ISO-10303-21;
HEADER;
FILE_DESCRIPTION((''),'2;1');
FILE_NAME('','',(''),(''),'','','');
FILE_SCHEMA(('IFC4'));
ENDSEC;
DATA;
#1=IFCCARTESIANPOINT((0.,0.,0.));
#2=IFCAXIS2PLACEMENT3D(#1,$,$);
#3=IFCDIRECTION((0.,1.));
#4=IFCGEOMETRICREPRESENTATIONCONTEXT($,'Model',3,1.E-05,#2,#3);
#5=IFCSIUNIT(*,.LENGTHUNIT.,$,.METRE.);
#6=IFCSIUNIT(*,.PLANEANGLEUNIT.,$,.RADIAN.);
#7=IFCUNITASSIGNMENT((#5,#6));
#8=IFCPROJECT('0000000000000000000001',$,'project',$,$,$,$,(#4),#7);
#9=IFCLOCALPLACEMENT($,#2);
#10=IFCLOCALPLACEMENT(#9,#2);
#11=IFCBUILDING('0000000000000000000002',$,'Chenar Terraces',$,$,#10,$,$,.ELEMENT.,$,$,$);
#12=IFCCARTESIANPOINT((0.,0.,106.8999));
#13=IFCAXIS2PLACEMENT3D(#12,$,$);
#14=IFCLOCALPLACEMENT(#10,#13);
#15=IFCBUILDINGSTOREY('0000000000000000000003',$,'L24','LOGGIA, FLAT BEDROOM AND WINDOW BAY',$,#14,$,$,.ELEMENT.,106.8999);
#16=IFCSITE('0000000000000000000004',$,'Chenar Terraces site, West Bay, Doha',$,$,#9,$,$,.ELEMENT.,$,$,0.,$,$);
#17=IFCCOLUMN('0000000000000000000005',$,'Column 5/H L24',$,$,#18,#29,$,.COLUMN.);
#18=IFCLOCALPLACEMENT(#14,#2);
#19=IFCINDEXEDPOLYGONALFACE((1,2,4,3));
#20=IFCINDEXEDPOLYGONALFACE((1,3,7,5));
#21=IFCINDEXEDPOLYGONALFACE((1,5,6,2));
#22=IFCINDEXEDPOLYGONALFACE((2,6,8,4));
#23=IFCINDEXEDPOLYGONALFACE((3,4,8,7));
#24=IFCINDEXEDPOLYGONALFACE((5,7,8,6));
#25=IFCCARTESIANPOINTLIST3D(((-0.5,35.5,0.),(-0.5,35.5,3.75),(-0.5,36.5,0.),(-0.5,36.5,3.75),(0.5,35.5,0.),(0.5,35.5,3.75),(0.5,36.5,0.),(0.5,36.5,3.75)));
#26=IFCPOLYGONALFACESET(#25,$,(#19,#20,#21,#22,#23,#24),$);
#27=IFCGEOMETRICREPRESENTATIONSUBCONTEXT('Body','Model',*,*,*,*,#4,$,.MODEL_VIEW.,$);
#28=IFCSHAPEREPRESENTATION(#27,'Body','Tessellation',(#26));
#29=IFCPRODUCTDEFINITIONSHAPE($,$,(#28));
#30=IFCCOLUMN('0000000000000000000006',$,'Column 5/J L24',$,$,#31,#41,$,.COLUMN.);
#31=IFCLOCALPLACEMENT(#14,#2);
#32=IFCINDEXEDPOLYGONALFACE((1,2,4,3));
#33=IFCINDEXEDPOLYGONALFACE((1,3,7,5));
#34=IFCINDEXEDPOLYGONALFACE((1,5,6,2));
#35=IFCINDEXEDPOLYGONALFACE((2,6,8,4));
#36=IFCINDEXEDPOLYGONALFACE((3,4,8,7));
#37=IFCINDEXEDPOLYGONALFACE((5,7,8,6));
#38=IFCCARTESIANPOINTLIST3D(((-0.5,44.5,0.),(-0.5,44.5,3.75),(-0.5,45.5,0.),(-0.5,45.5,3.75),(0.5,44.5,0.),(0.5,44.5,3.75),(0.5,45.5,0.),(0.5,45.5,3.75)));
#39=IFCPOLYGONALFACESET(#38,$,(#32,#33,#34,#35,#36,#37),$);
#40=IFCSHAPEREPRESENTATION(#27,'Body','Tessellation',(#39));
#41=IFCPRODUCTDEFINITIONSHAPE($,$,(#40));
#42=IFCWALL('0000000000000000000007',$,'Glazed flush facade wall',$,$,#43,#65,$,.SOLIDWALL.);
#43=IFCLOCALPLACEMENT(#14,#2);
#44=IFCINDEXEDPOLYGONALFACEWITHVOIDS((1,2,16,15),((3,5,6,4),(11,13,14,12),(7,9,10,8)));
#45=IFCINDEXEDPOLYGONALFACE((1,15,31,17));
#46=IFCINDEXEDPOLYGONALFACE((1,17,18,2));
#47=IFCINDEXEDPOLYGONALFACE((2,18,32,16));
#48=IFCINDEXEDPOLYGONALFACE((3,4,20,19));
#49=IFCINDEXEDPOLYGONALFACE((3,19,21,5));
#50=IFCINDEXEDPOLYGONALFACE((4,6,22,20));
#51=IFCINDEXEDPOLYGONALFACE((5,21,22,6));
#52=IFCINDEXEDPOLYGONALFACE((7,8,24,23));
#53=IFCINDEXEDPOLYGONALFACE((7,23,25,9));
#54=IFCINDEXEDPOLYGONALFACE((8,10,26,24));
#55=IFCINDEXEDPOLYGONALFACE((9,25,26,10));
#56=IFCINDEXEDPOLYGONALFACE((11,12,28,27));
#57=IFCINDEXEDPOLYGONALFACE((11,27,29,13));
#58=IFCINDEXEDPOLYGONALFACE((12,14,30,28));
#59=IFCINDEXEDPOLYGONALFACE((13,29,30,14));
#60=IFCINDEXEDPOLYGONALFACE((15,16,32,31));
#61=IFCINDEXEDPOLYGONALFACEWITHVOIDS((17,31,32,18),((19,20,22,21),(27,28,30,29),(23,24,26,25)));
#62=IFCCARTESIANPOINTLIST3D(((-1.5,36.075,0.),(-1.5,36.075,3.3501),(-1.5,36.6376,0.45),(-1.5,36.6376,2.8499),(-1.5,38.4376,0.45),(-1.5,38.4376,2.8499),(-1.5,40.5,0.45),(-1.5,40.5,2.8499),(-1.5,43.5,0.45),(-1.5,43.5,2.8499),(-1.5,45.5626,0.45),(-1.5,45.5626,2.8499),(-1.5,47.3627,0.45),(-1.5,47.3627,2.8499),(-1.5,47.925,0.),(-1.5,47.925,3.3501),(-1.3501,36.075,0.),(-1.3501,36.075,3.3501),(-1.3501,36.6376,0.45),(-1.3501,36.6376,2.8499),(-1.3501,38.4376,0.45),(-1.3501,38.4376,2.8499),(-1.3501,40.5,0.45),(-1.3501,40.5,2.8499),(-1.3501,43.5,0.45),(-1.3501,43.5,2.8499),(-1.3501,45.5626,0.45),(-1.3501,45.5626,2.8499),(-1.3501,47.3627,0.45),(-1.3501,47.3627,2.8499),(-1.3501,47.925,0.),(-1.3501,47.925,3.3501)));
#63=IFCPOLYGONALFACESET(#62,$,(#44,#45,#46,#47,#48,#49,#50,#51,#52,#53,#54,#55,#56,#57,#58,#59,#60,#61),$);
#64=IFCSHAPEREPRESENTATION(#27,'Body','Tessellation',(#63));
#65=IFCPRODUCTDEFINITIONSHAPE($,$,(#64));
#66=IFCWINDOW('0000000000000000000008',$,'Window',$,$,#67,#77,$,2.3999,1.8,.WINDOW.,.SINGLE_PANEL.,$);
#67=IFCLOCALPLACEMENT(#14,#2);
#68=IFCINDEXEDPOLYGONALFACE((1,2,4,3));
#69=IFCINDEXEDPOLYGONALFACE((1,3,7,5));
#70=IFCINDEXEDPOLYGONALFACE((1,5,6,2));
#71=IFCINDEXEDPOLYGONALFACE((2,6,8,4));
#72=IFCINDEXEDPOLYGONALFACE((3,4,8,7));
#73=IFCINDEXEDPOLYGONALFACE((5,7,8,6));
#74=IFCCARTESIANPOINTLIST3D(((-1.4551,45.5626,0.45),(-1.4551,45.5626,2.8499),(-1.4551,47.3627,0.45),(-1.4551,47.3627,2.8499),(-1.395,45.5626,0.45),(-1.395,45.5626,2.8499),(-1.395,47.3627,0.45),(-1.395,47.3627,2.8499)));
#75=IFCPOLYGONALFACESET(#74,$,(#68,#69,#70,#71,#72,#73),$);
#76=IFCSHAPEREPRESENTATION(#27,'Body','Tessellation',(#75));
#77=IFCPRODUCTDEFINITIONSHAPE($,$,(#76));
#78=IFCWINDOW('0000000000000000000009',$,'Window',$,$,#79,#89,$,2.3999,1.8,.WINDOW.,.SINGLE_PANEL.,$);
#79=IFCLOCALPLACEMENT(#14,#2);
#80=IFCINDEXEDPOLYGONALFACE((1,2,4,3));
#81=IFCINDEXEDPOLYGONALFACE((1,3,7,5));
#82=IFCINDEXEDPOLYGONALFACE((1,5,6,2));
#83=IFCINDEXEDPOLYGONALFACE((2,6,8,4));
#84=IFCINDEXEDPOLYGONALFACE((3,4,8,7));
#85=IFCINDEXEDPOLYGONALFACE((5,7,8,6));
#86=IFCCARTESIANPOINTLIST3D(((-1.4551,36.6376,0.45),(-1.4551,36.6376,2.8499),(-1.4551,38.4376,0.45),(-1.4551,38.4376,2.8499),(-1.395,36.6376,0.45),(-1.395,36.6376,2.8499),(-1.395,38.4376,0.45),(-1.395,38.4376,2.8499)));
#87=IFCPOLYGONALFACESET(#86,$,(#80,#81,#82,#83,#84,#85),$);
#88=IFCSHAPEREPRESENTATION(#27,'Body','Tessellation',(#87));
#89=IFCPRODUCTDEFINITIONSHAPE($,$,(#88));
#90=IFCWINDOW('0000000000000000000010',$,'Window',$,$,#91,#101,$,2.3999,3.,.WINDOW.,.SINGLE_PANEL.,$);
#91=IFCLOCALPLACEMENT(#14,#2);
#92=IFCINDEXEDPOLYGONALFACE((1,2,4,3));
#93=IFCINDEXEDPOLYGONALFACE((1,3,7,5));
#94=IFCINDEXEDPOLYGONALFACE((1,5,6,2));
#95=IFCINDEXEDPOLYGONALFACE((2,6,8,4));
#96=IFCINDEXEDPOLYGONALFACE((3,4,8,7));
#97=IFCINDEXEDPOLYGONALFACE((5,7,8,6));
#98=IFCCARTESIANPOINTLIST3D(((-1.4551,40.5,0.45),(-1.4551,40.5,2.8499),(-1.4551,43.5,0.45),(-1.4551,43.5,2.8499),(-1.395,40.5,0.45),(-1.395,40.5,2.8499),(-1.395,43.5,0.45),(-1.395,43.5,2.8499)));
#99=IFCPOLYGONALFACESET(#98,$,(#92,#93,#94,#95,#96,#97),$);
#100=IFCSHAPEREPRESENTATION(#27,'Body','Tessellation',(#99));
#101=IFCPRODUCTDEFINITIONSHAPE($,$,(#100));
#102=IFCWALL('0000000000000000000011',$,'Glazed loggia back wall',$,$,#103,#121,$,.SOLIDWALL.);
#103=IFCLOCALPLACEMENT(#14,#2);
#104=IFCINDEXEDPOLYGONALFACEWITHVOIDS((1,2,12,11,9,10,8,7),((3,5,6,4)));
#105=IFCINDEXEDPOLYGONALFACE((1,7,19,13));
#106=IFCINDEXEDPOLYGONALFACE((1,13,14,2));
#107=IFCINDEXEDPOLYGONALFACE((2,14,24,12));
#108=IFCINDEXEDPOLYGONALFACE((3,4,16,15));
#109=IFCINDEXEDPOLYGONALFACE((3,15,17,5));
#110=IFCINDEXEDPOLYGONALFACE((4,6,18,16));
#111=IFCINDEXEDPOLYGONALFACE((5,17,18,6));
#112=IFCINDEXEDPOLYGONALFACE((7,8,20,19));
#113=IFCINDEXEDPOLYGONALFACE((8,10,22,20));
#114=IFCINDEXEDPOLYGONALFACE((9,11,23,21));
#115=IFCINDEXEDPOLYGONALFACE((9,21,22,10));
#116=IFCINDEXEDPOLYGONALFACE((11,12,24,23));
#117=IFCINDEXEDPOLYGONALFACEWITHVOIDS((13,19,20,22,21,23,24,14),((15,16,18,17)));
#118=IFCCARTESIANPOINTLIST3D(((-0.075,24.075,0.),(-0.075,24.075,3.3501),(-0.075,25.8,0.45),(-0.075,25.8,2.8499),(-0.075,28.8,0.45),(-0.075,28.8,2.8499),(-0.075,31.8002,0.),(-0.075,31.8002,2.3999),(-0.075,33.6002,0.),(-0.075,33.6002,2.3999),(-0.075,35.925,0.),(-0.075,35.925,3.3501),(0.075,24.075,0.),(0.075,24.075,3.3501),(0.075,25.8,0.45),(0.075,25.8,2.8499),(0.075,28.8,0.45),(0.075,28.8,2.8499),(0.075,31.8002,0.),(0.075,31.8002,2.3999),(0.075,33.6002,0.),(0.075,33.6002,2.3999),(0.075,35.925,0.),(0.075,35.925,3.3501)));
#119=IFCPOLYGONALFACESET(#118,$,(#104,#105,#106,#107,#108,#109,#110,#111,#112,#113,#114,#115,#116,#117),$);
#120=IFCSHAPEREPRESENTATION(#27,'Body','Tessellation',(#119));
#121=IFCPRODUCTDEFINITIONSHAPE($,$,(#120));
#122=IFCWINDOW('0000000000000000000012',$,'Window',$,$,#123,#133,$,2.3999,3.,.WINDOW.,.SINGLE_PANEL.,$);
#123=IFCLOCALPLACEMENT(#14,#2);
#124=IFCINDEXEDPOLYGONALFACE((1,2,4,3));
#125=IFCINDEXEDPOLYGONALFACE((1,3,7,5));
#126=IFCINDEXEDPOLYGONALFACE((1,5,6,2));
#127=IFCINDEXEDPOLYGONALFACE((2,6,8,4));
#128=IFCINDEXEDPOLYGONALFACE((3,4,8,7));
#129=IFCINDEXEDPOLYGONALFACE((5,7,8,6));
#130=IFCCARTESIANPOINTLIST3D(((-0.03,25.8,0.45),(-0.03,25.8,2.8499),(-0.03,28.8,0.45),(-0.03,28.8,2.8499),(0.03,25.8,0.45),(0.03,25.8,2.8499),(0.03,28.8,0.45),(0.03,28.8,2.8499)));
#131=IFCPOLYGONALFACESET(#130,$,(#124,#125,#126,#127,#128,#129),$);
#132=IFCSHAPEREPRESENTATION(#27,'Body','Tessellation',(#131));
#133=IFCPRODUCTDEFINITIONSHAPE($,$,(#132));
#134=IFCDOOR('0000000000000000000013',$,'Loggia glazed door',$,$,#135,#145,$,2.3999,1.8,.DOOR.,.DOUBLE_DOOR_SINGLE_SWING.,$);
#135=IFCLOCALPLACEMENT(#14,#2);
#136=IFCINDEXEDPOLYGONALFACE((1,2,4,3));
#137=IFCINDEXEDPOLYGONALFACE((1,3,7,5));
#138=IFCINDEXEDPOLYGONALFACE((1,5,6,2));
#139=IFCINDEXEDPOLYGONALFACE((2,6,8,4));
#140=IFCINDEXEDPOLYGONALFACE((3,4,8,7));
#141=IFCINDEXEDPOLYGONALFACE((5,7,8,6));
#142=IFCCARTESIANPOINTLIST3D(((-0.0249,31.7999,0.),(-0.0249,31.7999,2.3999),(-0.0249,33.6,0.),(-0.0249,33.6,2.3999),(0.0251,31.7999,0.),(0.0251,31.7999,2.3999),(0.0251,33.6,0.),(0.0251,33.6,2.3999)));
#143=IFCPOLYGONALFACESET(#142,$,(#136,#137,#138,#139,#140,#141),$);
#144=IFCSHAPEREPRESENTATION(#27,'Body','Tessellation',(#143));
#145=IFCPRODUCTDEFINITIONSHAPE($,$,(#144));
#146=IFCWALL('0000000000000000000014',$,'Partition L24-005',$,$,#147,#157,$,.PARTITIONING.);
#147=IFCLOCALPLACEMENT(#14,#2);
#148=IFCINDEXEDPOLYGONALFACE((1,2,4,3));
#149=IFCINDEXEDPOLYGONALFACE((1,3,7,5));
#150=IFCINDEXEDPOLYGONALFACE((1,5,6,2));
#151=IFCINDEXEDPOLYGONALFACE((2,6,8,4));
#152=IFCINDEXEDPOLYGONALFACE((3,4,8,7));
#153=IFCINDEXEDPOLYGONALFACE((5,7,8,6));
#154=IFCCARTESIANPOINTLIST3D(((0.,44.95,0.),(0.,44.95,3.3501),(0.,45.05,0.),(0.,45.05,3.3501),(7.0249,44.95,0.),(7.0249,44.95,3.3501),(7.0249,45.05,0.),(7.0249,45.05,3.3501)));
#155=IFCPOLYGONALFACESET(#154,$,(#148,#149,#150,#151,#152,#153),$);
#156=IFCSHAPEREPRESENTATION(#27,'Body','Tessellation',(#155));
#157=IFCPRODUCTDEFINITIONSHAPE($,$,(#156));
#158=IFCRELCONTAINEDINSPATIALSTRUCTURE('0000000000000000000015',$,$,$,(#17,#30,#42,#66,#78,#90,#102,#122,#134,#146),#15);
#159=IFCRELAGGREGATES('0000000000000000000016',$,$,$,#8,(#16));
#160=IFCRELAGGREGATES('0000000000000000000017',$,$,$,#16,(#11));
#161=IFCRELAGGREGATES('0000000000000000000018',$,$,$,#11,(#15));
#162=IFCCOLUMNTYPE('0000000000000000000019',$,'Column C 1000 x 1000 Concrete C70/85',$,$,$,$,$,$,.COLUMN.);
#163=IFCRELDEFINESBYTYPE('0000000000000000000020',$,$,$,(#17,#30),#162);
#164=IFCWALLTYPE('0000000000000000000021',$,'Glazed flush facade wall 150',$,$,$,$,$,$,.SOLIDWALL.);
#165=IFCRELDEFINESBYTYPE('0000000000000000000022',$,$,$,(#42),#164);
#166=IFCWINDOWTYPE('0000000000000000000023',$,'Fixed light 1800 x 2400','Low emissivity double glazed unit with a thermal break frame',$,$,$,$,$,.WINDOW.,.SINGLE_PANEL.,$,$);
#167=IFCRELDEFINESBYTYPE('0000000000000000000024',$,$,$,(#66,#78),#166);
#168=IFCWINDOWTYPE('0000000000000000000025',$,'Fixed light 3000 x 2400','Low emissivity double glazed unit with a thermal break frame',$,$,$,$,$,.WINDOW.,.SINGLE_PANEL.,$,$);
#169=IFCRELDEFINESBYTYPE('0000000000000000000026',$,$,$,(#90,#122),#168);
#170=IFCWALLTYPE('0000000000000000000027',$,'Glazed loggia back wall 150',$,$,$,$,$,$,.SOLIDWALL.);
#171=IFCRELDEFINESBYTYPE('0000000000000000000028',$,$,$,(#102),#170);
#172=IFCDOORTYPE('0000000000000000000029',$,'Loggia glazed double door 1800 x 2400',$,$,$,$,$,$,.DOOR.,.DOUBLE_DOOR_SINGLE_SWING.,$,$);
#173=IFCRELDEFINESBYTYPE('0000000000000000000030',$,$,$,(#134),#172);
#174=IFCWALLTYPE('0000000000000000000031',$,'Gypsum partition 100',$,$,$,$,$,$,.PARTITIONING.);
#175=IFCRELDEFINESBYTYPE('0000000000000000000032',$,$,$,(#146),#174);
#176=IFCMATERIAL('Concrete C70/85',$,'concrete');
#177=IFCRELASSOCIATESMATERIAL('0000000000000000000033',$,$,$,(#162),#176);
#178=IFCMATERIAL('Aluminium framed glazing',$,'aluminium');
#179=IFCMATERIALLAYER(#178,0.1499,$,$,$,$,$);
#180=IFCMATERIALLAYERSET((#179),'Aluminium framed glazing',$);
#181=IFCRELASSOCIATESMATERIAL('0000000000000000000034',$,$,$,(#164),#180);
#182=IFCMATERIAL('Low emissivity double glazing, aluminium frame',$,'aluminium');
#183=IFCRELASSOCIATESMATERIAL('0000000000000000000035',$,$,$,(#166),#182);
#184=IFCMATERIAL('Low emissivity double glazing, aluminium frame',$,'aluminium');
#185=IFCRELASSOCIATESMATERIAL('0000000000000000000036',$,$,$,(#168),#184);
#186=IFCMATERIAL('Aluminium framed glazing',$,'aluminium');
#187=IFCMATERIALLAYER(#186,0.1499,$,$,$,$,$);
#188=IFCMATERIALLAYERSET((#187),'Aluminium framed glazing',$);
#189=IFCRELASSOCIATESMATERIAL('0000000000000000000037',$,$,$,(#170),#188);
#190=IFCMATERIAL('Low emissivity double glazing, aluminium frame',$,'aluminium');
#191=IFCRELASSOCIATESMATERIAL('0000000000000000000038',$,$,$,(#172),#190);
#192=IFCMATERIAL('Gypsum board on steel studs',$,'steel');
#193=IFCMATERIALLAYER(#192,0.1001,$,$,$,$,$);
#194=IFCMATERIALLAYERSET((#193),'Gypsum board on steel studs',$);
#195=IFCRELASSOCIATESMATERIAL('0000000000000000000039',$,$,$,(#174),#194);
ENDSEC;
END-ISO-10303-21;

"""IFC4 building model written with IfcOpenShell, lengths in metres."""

from ifc_helpers import new_model, si_unit, direction, frame, frame_2d, origin, origin_2d, place, context, subcontext, project, spatial, rectangle, extrude, material, layer, layer_set, material_profile, profile_set, type_object, element, fill, save


model = new_model("IFC4")

# Units and contexts
model_context = context("Model", 3, precision=1e-05, world=origin(), true_north=direction((0.0, 1.0)))
body_context = subcontext(model_context, "Body", "Model", "MODEL_VIEW")
ifc_project = project(units=[si_unit("LENGTHUNIT", "METRE"), si_unit("PLANEANGLEUNIT", "RADIAN")], contexts=[model_context])

# Site, building, storey
site_placement = place(None, origin())
site = spatial("IfcSite", under=ifc_project, at=site_placement, Name="Chenar Terraces site, West Bay, Doha", CompositionType="ELEMENT", RefElevation=0.0)
building_placement = place(site_placement, origin())
building = spatial("IfcBuilding", under=site, at=building_placement, Name="Chenar Terraces", CompositionType="ELEMENT")
storey_placement = place(building_placement, frame((0.0, 0.0, 106.8999)))
storey = spatial("IfcBuildingStorey", under=building, at=storey_placement, Name="L24", Description="LOGGIA, FLAT BEDROOM AND WINDOW BAY", CompositionType="ELEMENT", Elevation=106.8999)

# Columns
ifc_material_1 = material(Name="Concrete C70/85", Category="concrete")
ifc_material_profile_1 = material_profile(ifc_material_1, rectangle(XDim=1.0, YDim=1.0, at=origin_2d()), Name="C 1000 x 1000")
ifc_profile_set_1 = profile_set([ifc_material_profile_1], Name="Concrete C70/85")
column_type = type_object("IfcColumnType", Name="Column C 1000 x 1000 Concrete C70/85", PredefinedType="COLUMN", material=ifc_profile_set_1)
placement_1 = place(storey_placement, frame((0.0, 36.0, 0.0), z_axis=(0.0, 0.0, 1.0), x_axis=(1.0, 0.0, 0.0)))
element("IfcColumn", 1, at=placement_1, inside=storey, type_object=column_type, Name="Column 5/H L24", PredefinedType="COLUMN", context=body_context, shape_type="SweptSolid", body=[
    extrude(rectangle(XDim=1.0, YDim=1.0, at=origin_2d()), origin(), (0.0, 0.0, 1.0), 3.75),
])
placement_2 = place(storey_placement, frame((0.0, 45.0, 0.0), z_axis=(0.0, 0.0, 1.0), x_axis=(1.0, 0.0, 0.0)))
element("IfcColumn", 2, at=placement_2, inside=storey, type_object=column_type, Name="Column 5/J L24", PredefinedType="COLUMN", context=body_context, shape_type="SweptSolid", body=[
    extrude(rectangle(XDim=1.0, YDim=1.0, at=origin_2d()), origin(), (0.0, 0.0, 1.0), 3.75),
])

# Wall, openings, windows
ifc_material_2 = material(Name="Aluminium framed glazing", Category="aluminium")
ifc_layer_1 = layer(ifc_material_2, 0.1499)
ifc_layer_set_1 = layer_set([ifc_layer_1], Name="Aluminium framed glazing")
wall_type_1 = type_object("IfcWallType", Name="Glazed flush facade wall 150", PredefinedType="SOLIDWALL", material=ifc_layer_set_1)
wall_1_placement = place(storey_placement, frame((-1.425, 47.925, 0.0), z_axis=(0.0, 0.0, 1.0), x_axis=(0.0, -1.0, 0.0)))
wall_1 = element("IfcWall", 3, at=wall_1_placement, inside=storey, type_object=wall_type_1, Name="Glazed flush facade wall", PredefinedType="SOLIDWALL", context=body_context, shape_type="SweptSolid", body=[
    extrude(rectangle(XDim=11.8501, YDim=0.1499, at=frame_2d((5.925, 0.0))), origin(), (0.0, 0.0, 1.0), 3.3501),
])
opening_1_placement = place(wall_1_placement, frame((0.5625, 0.0, 0.45)))
opening_1 = element("IfcOpeningElement", 4, at=opening_1_placement, cuts=wall_1, PredefinedType="OPENING", context=body_context, shape_type="SweptSolid", body=[
    extrude(rectangle(XDim=1.8, YDim=2.3999, at=frame_2d((0.8999, 1.2))), frame((0.0, 0.085, 0.0), z_axis=(0.0, -1.0, 0.0), x_axis=(1.0, 0.0, 0.0)), (0.0, 0.0, 1.0), 0.1699),
])
opening_2_placement = place(wall_1_placement, frame((4.425, 0.0, 0.45)))
opening_2 = element("IfcOpeningElement", 5, at=opening_2_placement, cuts=wall_1, PredefinedType="OPENING", context=body_context, shape_type="SweptSolid", body=[
    extrude(rectangle(XDim=3.0, YDim=2.3999, at=frame_2d((1.5, 1.2))), frame((0.0, 0.085, 0.0), z_axis=(0.0, -1.0, 0.0), x_axis=(1.0, 0.0, 0.0)), (0.0, 0.0, 1.0), 0.1699),
])
opening_3_placement = place(wall_1_placement, frame((9.4875, 0.0, 0.45)))
opening_3 = element("IfcOpeningElement", 6, at=opening_3_placement, cuts=wall_1, PredefinedType="OPENING", context=body_context, shape_type="SweptSolid", body=[
    extrude(rectangle(XDim=1.8, YDim=2.3999, at=frame_2d((0.8999, 1.2))), frame((0.0, 0.085, 0.0), z_axis=(0.0, -1.0, 0.0), x_axis=(1.0, 0.0, 0.0)), (0.0, 0.0, 1.0), 0.1699),
])
ifc_material_3 = material(Name="Low emissivity double glazing, aluminium frame", Category="aluminium")
window_type_1 = type_object("IfcWindowType", Name="Fixed light 1800 x 2400", Description="Low emissivity double glazed unit with a thermal break frame", PartitioningType="SINGLE_PANEL", PredefinedType="WINDOW", material=ifc_material_3)
window_1_placement = place(opening_1_placement, origin())
window_1 = element("IfcWindow", 7, at=window_1_placement, inside=storey, type_object=window_type_1, Name="Window", OverallHeight=2.3999, OverallWidth=1.8, PartitioningType="SINGLE_PANEL", PredefinedType="WINDOW", context=body_context, shape_type="SweptSolid", body=[
    extrude(rectangle(XDim=1.8, YDim=2.3999, at=frame_2d((0.8999, 1.2))), frame((0.0, 0.03, 0.0), z_axis=(0.0, -1.0, 0.0), x_axis=(1.0, 0.0, 0.0)), (0.0, 0.0, 1.0), 0.0601),
])
fill(opening_1, window_1)
window_2_placement = place(opening_3_placement, origin())
window_2 = element("IfcWindow", 8, at=window_2_placement, inside=storey, type_object=window_type_1, Name="Window", OverallHeight=2.3999, OverallWidth=1.8, PartitioningType="SINGLE_PANEL", PredefinedType="WINDOW", context=body_context, shape_type="SweptSolid", body=[
    extrude(rectangle(XDim=1.8, YDim=2.3999, at=frame_2d((0.8999, 1.2))), frame((0.0, 0.03, 0.0), z_axis=(0.0, -1.0, 0.0), x_axis=(1.0, 0.0, 0.0)), (0.0, 0.0, 1.0), 0.0601),
])
fill(opening_3, window_2)
ifc_material_4 = material(Name="Low emissivity double glazing, aluminium frame", Category="aluminium")
window_type_2 = type_object("IfcWindowType", Name="Fixed light 3000 x 2400", Description="Low emissivity double glazed unit with a thermal break frame", PartitioningType="SINGLE_PANEL", PredefinedType="WINDOW", material=ifc_material_4)
window_3_placement = place(opening_2_placement, origin())
window_3 = element("IfcWindow", 9, at=window_3_placement, inside=storey, type_object=window_type_2, Name="Window", OverallHeight=2.3999, OverallWidth=3.0, PartitioningType="SINGLE_PANEL", PredefinedType="WINDOW", context=body_context, shape_type="SweptSolid", body=[
    extrude(rectangle(XDim=3.0, YDim=2.3999, at=frame_2d((1.5, 1.2))), frame((0.0, 0.03, 0.0), z_axis=(0.0, -1.0, 0.0), x_axis=(1.0, 0.0, 0.0)), (0.0, 0.0, 1.0), 0.0601),
])
fill(opening_2, window_3)

# Wall, openings, window, door
ifc_material_5 = material(Name="Aluminium framed glazing", Category="aluminium")
ifc_layer_2 = layer(ifc_material_5, 0.1499)
ifc_layer_set_2 = layer_set([ifc_layer_2], Name="Aluminium framed glazing")
wall_type_2 = type_object("IfcWallType", Name="Glazed loggia back wall 150", PredefinedType="SOLIDWALL", material=ifc_layer_set_2)
wall_2_placement = place(storey_placement, frame((0.0, 35.925, 0.0), z_axis=(0.0, 0.0, 1.0), x_axis=(0.0, -1.0, 0.0)))
wall_2 = element("IfcWall", 10, at=wall_2_placement, inside=storey, type_object=wall_type_2, Name="Glazed loggia back wall", PredefinedType="SOLIDWALL", context=body_context, shape_type="SweptSolid", body=[
    extrude(rectangle(XDim=11.8501, YDim=0.1499, at=frame_2d((5.925, 0.0))), origin(), (0.0, 0.0, 1.0), 3.3501),
])
opening_4_placement = place(wall_2_placement, frame((2.325, 0.0, 0.0)))
opening_4 = element("IfcOpeningElement", 11, at=opening_4_placement, cuts=wall_2, PredefinedType="OPENING", context=body_context, shape_type="SweptSolid", body=[
    extrude(rectangle(XDim=1.8, YDim=2.3999, at=frame_2d((0.8999, 1.2))), frame((0.0, 0.085, 0.0), z_axis=(0.0, -1.0, 0.0), x_axis=(1.0, 0.0, 0.0)), (0.0, 0.0, 1.0), 0.1699),
])
opening_5_placement = place(wall_2_placement, frame((7.125, 0.0, 0.45)))
opening_5 = element("IfcOpeningElement", 12, at=opening_5_placement, cuts=wall_2, PredefinedType="OPENING", context=body_context, shape_type="SweptSolid", body=[
    extrude(rectangle(XDim=3.0, YDim=2.3999, at=frame_2d((1.5, 1.2))), frame((0.0, 0.085, 0.0), z_axis=(0.0, -1.0, 0.0), x_axis=(1.0, 0.0, 0.0)), (0.0, 0.0, 1.0), 0.1699),
])
window_4_placement = place(opening_5_placement, origin())
window_4 = element("IfcWindow", 13, at=window_4_placement, inside=storey, type_object=window_type_2, Name="Window", OverallHeight=2.3999, OverallWidth=3.0, PartitioningType="SINGLE_PANEL", PredefinedType="WINDOW", context=body_context, shape_type="SweptSolid", body=[
    extrude(rectangle(XDim=3.0, YDim=2.3999, at=frame_2d((1.5, 1.2))), frame((0.0, 0.03, 0.0), z_axis=(0.0, -1.0, 0.0), x_axis=(1.0, 0.0, 0.0)), (0.0, 0.0, 1.0), 0.0601),
])
fill(opening_5, window_4)
ifc_material_6 = material(Name="Low emissivity double glazing, aluminium frame", Category="aluminium")
door_type_1 = type_object("IfcDoorType", Name="Loggia glazed double door 1800 x 2400", OperationType="DOUBLE_DOOR_SINGLE_SWING", PredefinedType="DOOR", material=ifc_material_6)
door_1_placement = place(opening_4_placement, frame((1.8, 0.0, 0.0), z_axis=(0.0, 0.0, 1.0), x_axis=(-1.0, 0.0, 0.0)))
door_1 = element("IfcDoor", 14, at=door_1_placement, inside=storey, type_object=door_type_1, Name="Loggia glazed door", OperationType="DOUBLE_DOOR_SINGLE_SWING", OverallHeight=2.3999, OverallWidth=1.8, PredefinedType="DOOR", context=body_context, shape_type="SweptSolid", body=[
    extrude(rectangle(XDim=1.8, YDim=2.3999, at=frame_2d((0.8999, 1.2))), frame((0.0, 0.0249, 0.0), z_axis=(0.0, -1.0, 0.0), x_axis=(1.0, 0.0, 0.0)), (0.0, 0.0, 1.0), 0.05),
])
fill(opening_4, door_1)

# Wall
ifc_material_7 = material(Name="Gypsum board on steel studs", Category="steel")
ifc_layer_3 = layer(ifc_material_7, 0.1001)
ifc_layer_set_3 = layer_set([ifc_layer_3], Name="Gypsum board on steel studs")
wall_type_3 = type_object("IfcWallType", Name="Gypsum partition 100", PredefinedType="PARTITIONING", material=ifc_layer_set_3)
element("IfcWall", 15, at=placement_2, inside=storey, type_object=wall_type_3, Name="Partition L24-005", PredefinedType="PARTITIONING", context=body_context, shape_type="SweptSolid", body=[
    extrude(rectangle(XDim=7.0249, YDim=0.1001, at=frame_2d((3.5125, 0.0))), origin(), (0.0, 0.0, 1.0), 3.3501),
])

save(model, "model.ifc")
